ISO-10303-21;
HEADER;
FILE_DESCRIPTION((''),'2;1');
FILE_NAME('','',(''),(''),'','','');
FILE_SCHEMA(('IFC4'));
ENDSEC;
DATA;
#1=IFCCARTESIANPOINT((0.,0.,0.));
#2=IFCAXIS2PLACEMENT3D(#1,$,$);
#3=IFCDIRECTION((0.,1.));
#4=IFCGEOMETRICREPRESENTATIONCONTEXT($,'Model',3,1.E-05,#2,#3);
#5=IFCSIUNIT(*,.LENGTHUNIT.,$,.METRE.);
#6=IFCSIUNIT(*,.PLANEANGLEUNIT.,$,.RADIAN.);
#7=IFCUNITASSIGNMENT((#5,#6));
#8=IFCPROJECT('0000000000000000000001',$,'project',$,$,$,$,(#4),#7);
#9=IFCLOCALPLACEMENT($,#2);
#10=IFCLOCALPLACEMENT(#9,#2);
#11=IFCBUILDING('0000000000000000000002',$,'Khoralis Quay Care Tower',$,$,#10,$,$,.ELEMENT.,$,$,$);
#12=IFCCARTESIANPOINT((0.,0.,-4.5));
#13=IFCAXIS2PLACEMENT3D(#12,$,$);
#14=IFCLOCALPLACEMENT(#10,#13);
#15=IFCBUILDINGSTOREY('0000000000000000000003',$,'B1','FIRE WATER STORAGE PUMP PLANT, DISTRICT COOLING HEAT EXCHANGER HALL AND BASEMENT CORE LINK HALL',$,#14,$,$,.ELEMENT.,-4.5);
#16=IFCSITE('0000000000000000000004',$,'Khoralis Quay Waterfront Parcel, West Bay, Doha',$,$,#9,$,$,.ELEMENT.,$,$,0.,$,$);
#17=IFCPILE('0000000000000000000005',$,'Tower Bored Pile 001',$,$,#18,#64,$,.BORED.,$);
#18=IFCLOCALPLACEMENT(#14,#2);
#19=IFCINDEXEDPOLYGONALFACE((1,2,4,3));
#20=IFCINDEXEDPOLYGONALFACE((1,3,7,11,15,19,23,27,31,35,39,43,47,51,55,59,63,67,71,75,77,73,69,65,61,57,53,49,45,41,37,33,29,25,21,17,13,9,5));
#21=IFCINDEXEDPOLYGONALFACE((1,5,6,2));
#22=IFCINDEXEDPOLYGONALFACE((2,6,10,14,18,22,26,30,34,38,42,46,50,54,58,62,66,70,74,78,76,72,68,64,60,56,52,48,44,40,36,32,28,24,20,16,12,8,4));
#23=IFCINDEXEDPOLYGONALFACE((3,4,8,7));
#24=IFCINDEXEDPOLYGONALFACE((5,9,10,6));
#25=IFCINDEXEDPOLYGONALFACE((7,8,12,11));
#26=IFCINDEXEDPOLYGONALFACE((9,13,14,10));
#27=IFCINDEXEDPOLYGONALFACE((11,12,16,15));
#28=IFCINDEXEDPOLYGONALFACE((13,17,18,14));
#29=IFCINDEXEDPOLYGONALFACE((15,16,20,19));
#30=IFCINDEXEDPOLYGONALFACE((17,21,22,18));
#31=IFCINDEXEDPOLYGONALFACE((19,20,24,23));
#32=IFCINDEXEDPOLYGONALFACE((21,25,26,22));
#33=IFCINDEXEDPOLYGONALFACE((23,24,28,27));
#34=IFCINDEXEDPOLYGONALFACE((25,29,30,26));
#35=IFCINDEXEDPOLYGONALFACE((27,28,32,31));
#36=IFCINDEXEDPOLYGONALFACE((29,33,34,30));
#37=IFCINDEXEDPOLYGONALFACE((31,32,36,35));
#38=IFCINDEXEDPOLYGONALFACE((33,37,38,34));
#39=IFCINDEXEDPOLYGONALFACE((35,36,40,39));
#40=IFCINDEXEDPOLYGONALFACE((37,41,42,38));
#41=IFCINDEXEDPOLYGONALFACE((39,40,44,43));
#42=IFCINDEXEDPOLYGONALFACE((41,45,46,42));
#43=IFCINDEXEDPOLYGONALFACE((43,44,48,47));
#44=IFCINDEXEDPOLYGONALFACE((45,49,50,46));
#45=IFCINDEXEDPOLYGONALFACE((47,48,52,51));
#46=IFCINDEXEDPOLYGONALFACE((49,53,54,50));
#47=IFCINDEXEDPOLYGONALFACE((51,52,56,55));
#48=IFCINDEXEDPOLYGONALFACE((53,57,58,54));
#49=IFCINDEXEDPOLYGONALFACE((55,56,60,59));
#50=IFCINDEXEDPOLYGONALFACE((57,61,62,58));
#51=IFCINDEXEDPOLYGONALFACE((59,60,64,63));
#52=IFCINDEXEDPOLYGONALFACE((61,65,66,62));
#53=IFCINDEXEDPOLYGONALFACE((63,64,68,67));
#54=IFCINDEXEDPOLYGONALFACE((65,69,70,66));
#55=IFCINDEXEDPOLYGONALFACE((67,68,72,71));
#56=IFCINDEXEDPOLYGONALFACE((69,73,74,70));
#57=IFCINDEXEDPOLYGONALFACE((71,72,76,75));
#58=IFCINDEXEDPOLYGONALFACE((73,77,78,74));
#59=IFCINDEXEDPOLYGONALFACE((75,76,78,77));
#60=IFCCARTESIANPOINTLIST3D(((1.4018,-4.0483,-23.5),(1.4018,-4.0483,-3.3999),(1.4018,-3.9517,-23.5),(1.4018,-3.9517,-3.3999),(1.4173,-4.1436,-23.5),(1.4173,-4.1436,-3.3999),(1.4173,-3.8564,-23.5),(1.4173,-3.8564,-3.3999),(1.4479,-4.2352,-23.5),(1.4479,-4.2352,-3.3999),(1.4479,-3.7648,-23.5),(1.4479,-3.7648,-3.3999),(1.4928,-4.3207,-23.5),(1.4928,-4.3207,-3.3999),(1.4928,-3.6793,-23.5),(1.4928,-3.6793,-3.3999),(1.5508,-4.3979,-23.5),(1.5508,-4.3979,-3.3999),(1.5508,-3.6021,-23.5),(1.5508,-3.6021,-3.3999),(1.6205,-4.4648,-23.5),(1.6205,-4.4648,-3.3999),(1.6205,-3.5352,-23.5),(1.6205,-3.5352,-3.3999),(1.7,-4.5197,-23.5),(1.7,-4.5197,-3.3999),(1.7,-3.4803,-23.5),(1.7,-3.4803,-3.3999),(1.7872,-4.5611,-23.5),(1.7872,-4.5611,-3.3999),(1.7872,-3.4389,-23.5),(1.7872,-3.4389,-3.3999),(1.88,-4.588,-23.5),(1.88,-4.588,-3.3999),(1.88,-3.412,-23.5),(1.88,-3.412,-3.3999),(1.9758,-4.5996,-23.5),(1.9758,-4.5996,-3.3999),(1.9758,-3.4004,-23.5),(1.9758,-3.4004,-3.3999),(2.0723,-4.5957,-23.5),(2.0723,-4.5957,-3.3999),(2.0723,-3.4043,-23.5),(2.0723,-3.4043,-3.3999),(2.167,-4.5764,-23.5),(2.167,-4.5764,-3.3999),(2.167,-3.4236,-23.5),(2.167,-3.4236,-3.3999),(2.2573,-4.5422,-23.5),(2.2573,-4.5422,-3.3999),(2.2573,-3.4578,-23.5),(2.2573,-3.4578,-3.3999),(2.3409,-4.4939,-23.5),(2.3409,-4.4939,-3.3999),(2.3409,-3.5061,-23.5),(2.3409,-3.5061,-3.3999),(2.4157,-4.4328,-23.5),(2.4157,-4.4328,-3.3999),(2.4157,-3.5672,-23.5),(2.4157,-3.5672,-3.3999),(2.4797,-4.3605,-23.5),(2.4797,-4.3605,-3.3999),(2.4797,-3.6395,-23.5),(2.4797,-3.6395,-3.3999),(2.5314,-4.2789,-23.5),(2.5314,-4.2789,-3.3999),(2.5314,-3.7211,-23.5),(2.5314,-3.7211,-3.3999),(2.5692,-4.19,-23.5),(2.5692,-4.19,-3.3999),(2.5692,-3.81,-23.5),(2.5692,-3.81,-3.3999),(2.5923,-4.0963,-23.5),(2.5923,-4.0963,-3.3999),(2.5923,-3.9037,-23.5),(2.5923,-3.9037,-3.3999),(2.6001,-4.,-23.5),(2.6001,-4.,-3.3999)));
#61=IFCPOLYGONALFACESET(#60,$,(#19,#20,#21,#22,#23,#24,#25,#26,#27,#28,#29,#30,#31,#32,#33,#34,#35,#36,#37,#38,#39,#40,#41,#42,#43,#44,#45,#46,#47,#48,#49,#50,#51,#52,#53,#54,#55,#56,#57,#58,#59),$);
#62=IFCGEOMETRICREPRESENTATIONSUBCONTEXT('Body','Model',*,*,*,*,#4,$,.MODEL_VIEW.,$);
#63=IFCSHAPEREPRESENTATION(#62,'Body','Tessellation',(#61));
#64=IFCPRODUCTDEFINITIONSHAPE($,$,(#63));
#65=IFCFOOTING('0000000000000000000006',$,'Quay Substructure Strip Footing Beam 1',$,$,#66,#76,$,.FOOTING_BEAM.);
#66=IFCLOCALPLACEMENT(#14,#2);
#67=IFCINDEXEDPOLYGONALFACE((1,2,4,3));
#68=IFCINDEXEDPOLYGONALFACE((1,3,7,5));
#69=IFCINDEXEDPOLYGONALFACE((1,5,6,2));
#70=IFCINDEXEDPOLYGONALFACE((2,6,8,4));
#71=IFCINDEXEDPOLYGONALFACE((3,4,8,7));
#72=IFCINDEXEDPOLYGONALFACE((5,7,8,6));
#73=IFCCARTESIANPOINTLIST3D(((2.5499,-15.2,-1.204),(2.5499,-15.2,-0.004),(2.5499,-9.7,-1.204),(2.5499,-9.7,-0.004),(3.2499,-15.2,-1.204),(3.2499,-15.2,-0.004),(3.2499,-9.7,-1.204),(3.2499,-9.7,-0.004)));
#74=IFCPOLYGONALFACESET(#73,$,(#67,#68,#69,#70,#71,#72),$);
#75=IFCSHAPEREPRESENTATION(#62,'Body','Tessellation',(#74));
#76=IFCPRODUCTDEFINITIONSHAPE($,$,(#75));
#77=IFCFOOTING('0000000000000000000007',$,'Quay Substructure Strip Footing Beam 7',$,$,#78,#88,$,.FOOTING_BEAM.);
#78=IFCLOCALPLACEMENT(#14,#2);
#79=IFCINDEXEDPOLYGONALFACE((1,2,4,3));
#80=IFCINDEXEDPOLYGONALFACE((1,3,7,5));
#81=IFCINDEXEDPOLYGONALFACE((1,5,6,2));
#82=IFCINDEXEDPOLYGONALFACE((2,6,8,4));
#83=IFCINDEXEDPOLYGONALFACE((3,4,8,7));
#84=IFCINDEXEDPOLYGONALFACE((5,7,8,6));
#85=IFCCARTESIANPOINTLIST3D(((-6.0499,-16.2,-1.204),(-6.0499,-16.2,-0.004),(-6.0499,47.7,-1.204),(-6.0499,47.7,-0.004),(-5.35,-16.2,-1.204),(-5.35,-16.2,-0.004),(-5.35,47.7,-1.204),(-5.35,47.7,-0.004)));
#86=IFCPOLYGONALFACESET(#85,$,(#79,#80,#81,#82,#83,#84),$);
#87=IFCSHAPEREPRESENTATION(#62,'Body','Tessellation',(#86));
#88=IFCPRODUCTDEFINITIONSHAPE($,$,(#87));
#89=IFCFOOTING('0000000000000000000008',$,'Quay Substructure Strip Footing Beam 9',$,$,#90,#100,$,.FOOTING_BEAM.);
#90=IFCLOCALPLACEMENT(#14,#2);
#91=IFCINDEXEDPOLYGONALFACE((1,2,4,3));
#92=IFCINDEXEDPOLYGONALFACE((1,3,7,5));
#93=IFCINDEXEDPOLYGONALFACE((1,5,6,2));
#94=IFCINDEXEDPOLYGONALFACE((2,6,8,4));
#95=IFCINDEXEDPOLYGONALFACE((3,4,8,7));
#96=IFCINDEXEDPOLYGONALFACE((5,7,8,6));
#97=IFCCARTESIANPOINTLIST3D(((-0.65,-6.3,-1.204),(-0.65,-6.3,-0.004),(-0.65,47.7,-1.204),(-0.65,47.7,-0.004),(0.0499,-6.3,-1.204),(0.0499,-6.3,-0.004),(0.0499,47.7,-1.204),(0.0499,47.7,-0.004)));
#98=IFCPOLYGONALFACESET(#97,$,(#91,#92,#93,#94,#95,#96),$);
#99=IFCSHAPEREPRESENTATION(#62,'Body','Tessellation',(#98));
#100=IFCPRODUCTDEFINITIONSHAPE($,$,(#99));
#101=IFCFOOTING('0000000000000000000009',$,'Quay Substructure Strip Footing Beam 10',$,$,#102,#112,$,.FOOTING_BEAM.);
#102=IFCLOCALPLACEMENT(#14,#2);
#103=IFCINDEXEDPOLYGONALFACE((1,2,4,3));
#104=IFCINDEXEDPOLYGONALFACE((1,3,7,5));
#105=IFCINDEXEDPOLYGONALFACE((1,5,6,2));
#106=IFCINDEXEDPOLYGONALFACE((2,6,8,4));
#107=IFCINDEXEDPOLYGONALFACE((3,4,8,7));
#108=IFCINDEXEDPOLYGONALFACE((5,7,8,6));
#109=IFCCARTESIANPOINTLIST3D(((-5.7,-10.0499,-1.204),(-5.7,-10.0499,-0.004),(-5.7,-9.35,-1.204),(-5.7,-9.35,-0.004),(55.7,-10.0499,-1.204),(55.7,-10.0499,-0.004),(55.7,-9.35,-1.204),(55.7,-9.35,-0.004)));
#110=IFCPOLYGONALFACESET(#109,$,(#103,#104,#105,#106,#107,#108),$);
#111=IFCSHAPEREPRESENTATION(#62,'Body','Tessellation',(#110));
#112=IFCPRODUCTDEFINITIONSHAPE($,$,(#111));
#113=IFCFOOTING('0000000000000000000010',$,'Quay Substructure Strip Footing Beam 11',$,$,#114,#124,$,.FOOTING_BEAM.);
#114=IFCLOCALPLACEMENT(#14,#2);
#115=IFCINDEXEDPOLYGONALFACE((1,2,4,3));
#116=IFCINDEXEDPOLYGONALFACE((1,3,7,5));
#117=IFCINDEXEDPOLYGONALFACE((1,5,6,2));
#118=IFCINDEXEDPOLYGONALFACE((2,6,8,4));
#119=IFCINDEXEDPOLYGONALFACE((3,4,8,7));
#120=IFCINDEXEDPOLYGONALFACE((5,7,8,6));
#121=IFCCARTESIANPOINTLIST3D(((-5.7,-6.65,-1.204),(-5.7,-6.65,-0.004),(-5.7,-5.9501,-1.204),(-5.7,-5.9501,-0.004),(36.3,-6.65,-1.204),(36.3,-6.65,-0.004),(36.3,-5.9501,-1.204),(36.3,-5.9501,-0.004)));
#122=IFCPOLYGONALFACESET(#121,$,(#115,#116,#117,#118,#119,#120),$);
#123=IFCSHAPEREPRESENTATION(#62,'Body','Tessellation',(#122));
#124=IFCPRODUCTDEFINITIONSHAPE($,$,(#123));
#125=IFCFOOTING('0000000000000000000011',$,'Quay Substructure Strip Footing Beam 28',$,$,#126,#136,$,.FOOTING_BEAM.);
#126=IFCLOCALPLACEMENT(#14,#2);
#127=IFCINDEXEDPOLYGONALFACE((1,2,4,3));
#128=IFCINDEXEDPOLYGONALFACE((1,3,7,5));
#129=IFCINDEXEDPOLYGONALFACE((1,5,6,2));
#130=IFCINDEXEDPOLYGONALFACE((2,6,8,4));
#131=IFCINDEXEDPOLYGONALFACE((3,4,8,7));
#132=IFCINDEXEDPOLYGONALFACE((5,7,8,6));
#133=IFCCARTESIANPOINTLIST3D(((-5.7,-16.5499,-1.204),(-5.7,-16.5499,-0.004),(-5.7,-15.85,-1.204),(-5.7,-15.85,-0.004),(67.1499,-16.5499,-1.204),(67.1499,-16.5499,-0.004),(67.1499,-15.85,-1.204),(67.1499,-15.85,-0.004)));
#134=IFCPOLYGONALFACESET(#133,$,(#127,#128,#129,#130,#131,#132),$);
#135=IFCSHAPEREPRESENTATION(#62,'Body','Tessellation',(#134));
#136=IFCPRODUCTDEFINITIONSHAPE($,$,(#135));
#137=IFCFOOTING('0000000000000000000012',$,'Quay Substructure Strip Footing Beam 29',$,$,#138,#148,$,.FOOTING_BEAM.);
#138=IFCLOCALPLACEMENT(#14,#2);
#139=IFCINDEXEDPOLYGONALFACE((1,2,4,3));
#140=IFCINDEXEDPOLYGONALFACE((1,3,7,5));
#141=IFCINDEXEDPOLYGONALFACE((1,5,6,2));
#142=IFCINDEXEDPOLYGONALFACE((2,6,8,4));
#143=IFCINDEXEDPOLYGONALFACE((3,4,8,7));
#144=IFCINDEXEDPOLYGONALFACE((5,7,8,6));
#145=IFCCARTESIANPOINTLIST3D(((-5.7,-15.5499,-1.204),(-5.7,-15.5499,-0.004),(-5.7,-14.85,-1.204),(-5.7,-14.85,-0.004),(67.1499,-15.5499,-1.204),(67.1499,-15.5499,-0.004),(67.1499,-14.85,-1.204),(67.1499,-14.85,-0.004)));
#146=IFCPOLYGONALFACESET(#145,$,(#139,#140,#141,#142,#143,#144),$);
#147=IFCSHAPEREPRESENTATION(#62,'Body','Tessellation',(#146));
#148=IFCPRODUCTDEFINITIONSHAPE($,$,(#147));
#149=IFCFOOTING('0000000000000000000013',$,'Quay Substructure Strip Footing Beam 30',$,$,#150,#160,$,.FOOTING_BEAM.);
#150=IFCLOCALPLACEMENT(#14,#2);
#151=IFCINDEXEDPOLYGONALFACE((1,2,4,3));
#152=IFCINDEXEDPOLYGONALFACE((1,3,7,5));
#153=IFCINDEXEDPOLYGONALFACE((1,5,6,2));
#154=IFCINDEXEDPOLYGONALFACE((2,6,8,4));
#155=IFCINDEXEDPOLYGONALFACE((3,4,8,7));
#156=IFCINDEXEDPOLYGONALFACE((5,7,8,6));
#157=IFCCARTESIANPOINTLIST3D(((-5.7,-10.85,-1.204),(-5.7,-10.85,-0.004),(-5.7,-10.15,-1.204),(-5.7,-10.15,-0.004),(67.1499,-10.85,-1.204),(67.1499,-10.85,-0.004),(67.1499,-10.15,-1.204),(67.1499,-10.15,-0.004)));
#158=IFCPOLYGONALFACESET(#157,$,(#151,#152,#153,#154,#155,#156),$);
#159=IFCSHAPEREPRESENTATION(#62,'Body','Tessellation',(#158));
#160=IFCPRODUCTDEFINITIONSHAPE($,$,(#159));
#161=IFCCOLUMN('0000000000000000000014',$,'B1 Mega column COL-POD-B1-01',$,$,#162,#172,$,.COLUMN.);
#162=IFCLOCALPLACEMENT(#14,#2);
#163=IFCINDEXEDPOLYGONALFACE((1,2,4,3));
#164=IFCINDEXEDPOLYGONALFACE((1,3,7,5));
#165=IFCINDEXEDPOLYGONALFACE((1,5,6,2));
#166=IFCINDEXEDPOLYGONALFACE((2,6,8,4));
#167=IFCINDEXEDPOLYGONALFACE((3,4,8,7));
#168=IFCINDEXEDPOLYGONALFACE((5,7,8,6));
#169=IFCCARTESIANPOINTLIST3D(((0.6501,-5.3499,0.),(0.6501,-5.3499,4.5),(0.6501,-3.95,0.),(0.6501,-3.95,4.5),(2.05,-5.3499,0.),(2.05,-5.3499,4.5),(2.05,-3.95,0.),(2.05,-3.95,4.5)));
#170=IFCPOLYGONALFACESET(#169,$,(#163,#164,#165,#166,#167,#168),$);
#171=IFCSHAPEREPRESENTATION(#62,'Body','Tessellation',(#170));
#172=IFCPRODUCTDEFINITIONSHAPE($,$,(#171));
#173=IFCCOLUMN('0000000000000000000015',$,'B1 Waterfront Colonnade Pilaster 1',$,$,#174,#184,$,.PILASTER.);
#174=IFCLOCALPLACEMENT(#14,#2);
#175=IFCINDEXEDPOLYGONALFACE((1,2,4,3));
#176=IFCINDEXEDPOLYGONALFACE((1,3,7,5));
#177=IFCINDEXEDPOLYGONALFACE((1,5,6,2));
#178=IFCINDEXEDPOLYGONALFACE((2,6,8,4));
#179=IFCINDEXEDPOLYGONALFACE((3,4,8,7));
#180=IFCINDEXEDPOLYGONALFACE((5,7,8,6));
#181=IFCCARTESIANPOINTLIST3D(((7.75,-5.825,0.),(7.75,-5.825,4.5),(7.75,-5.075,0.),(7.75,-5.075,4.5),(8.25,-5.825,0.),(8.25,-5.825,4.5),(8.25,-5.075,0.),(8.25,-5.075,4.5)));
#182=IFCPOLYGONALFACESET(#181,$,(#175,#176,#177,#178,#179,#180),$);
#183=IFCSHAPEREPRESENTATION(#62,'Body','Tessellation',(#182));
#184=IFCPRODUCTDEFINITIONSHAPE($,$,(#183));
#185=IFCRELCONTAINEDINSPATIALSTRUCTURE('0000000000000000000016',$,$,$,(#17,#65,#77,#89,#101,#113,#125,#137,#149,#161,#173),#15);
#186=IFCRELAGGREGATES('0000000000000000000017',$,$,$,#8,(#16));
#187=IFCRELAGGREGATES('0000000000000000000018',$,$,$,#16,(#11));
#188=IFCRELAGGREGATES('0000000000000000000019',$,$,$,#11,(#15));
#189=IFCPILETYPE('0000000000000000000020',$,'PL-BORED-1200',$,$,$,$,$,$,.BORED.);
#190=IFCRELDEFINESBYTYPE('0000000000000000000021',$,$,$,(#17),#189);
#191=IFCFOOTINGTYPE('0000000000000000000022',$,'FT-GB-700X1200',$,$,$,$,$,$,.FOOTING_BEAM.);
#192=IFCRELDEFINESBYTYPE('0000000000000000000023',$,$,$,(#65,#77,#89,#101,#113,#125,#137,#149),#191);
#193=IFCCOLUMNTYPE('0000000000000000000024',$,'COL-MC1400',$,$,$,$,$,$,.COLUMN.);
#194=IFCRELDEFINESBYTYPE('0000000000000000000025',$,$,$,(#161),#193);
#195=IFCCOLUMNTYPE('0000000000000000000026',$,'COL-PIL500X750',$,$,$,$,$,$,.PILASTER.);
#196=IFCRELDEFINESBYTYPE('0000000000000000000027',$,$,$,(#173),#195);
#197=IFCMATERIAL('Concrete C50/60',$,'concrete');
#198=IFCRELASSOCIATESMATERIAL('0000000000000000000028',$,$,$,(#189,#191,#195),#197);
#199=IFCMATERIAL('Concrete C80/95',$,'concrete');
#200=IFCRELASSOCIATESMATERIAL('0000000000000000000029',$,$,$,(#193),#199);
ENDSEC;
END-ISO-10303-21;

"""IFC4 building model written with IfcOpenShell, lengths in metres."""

from ifc_helpers import new_model, si_unit, direction, frame, origin, origin_2d, place, context, subcontext, project, spatial, rectangle, circle, extrude, source, transform, mapped, material, material_profile, profile_set, type_object, element, save


model = new_model("IFC4")

# Units and contexts
model_context = context("Model", 3, precision=1e-05, world=origin(), true_north=direction((0.0, 1.0)))
body_context = subcontext(model_context, "Body", "Model", "MODEL_VIEW")
ifc_project = project(units=[si_unit("LENGTHUNIT", "METRE"), si_unit("PLANEANGLEUNIT", "RADIAN")], contexts=[model_context])

# Site, building, storey
site_placement = place(None, origin())
site = spatial("IfcSite", under=ifc_project, at=site_placement, Name="Khoralis Quay Waterfront Parcel, West Bay, Doha", CompositionType="ELEMENT", RefElevation=0.0)
building_placement = place(site_placement, origin())
building = spatial("IfcBuilding", under=site, at=building_placement, Name="Khoralis Quay Care Tower", CompositionType="ELEMENT")
storey_placement = place(building_placement, frame((0.0, 0.0, -4.5)))
storey = spatial("IfcBuildingStorey", under=building, at=storey_placement, Name="B1", Description="FIRE WATER STORAGE PUMP PLANT, DISTRICT COOLING HEAT EXCHANGER HALL AND BASEMENT CORE LINK HALL", CompositionType="ELEMENT", Elevation=-4.5)

# Pile
ifc_material_1 = material(Name="Concrete C50/60", Category="concrete")
ifc_material_profile_1 = material_profile(ifc_material_1, circle(Radius=0.6001, at=origin_2d()), Name="Concrete C50/60")
ifc_profile_set_1 = profile_set([ifc_material_profile_1], Name="Concrete C50/60")
pile_type = type_object("IfcPileType", Name="PL-BORED-1200", PredefinedType="BORED", material=ifc_profile_set_1)
shared_shape_1 = source(origin(), body_context, "Body", "SweptSolid", [
    extrude(circle(Radius=0.6001, at=origin_2d()), origin(), (0.0, 0.0, 1.0), 20.1001),
])
pile_placement = place(storey_placement, frame((2.0, -4.0, -3.3999), z_axis=(0.0, 0.0, -1.0), x_axis=(1.0, 0.0, 0.0)))
element("IfcPile", 1, at=pile_placement, inside=storey, type_object=pile_type, Name="Tower Bored Pile 001", PredefinedType="BORED", context=body_context, shape_type="MappedRepresentation", body=[
    mapped(shared_shape_1, transform((0.0, 0.0, 0.0), scale=1.0)),
])

# Footings
ifc_material_profile_2 = material_profile(ifc_material_1, rectangle(XDim=0.7, YDim=1.2, at=origin_2d()), Name="Concrete C50/60")
ifc_profile_set_2 = profile_set([ifc_material_profile_2], Name="Concrete C50/60")
footing_type = type_object("IfcFootingType", Name="FT-GB-700X1200", PredefinedType="FOOTING_BEAM", material=ifc_profile_set_2)
shared_shape_2 = source(origin(), body_context, "Body", "SweptSolid", [
    extrude(rectangle(XDim=0.7, YDim=1.2, at=origin_2d()), origin(), (0.0, 0.0, 1.0), 5.5),
])
footing_1_placement = place(storey_placement, frame((2.8999, -15.2, -0.604), z_axis=(0.0, 1.0, 0.0), x_axis=(-1.0, 0.0, 0.0)))
element("IfcFooting", 2, at=footing_1_placement, inside=storey, type_object=footing_type, Name="Quay Substructure Strip Footing Beam 1", PredefinedType="FOOTING_BEAM", context=body_context, shape_type="MappedRepresentation", body=[
    mapped(shared_shape_2, transform((0.0, 0.0, 0.0), scale=1.0)),
])
shared_shape_3 = source(origin(), body_context, "Body", "SweptSolid", [
    extrude(rectangle(XDim=0.7, YDim=1.2, at=origin_2d()), origin(), (0.0, 0.0, 1.0), 63.8999),
])
footing_2_placement = place(storey_placement, frame((-5.7, -16.2, -0.604), z_axis=(0.0, 1.0, 0.0), x_axis=(-1.0, 0.0, 0.0)))
element("IfcFooting", 3, at=footing_2_placement, inside=storey, type_object=footing_type, Name="Quay Substructure Strip Footing Beam 7", PredefinedType="FOOTING_BEAM", context=body_context, shape_type="MappedRepresentation", body=[
    mapped(shared_shape_3, transform((0.0, 0.0, 0.0), scale=1.0)),
])
shared_shape_4 = source(origin(), body_context, "Body", "SweptSolid", [
    extrude(rectangle(XDim=0.7, YDim=1.2, at=origin_2d()), origin(), (0.0, 0.0, 1.0), 54.0),
])
footing_3_placement = place(storey_placement, frame((-0.3, -6.3, -0.604), z_axis=(0.0, 1.0, 0.0), x_axis=(-1.0, 0.0, 0.0)))
element("IfcFooting", 4, at=footing_3_placement, inside=storey, type_object=footing_type, Name="Quay Substructure Strip Footing Beam 9", PredefinedType="FOOTING_BEAM", context=body_context, shape_type="MappedRepresentation", body=[
    mapped(shared_shape_4, transform((0.0, 0.0, 0.0), scale=1.0)),
])
shared_shape_5 = source(origin(), body_context, "Body", "SweptSolid", [
    extrude(rectangle(XDim=0.7, YDim=1.2, at=origin_2d()), origin(), (0.0, 0.0, 1.0), 61.3999),
])
footing_4_placement = place(storey_placement, frame((-5.7, -9.7, -0.604), z_axis=(1.0, 0.0, 0.0), x_axis=(0.0, 1.0, 0.0)))
element("IfcFooting", 5, at=footing_4_placement, inside=storey, type_object=footing_type, Name="Quay Substructure Strip Footing Beam 10", PredefinedType="FOOTING_BEAM", context=body_context, shape_type="MappedRepresentation", body=[
    mapped(shared_shape_5, transform((0.0, 0.0, 0.0), scale=1.0)),
])
shared_shape_6 = source(origin(), body_context, "Body", "SweptSolid", [
    extrude(rectangle(XDim=0.7, YDim=1.2, at=origin_2d()), origin(), (0.0, 0.0, 1.0), 42.0),
])
footing_5_placement = place(storey_placement, frame((-5.7, -6.3, -0.604), z_axis=(1.0, 0.0, 0.0), x_axis=(0.0, 1.0, 0.0)))
element("IfcFooting", 6, at=footing_5_placement, inside=storey, type_object=footing_type, Name="Quay Substructure Strip Footing Beam 11", PredefinedType="FOOTING_BEAM", context=body_context, shape_type="MappedRepresentation", body=[
    mapped(shared_shape_6, transform((0.0, 0.0, 0.0), scale=1.0)),
])
shared_shape_7 = source(origin(), body_context, "Body", "SweptSolid", [
    extrude(rectangle(XDim=0.7, YDim=1.2, at=origin_2d()), origin(), (0.0, 0.0, 1.0), 72.8499),
])
for number, where, z_axis, x_axis, name in (
    (7, (-5.7, -16.2, -0.604), (1.0, 0.0, 0.0), (0.0, 1.0, 0.0), "Quay Substructure Strip Footing Beam 28"),
    (8, (-5.7, -15.2, -0.604), (1.0, 0.0, 0.0), (0.0, 1.0, 0.0), "Quay Substructure Strip Footing Beam 29"),
    (9, (-5.7, -10.5, -0.604), (1.0, 0.0, 0.0), (0.0, 1.0, 0.0), "Quay Substructure Strip Footing Beam 30"),
):
    element("IfcFooting", number, at=place(storey_placement, frame(where, z_axis=z_axis, x_axis=x_axis)), inside=storey, type_object=footing_type, Name=name, PredefinedType="FOOTING_BEAM", context=body_context, shape_type="MappedRepresentation", body=[
        mapped(shared_shape_7, transform((0.0, 0.0, 0.0), scale=1.0)),
    ])

# Columns
ifc_material_2 = material(Name="Concrete C80/95", Category="concrete")
ifc_material_profile_3 = material_profile(ifc_material_2, rectangle(XDim=1.3999, YDim=1.3999, at=origin_2d()), Name="Concrete C80/95")
ifc_profile_set_3 = profile_set([ifc_material_profile_3], Name="Concrete C80/95")
column_type_1 = type_object("IfcColumnType", Name="COL-MC1400", PredefinedType="COLUMN", material=ifc_profile_set_3)
shared_shape_8 = source(origin(), body_context, "Body", "SweptSolid", [
    extrude(rectangle(XDim=1.3999, YDim=1.3999, at=origin_2d()), origin(), (0.0, 0.0, 1.0), 4.5),
])
column_1_placement = place(storey_placement, frame((1.3501, -4.6499, 0.0), z_axis=(0.0, 0.0, 1.0), x_axis=(1.0, 0.0, 0.0)))
element("IfcColumn", 10, at=column_1_placement, inside=storey, type_object=column_type_1, Name="B1 Mega column COL-POD-B1-01", PredefinedType="COLUMN", context=body_context, shape_type="MappedRepresentation", body=[
    mapped(shared_shape_8, transform((0.0, 0.0, 0.0), scale=1.0)),
])
ifc_material_profile_4 = material_profile(ifc_material_1, rectangle(XDim=0.5, YDim=0.75, at=origin_2d()), Name="Concrete C50/60")
ifc_profile_set_4 = profile_set([ifc_material_profile_4], Name="Concrete C50/60")
column_type_2 = type_object("IfcColumnType", Name="COL-PIL500X750", PredefinedType="PILASTER", material=ifc_profile_set_4)
shared_shape_9 = source(origin(), body_context, "Body", "SweptSolid", [
    extrude(rectangle(XDim=0.5, YDim=0.75, at=origin_2d()), origin(), (0.0, 0.0, 1.0), 4.5),
])
column_2_placement = place(storey_placement, frame((8.0, -5.45, 0.0), z_axis=(0.0, 0.0, 1.0), x_axis=(1.0, 0.0, 0.0)))
element("IfcColumn", 11, at=column_2_placement, inside=storey, type_object=column_type_2, Name="B1 Waterfront Colonnade Pilaster 1", PredefinedType="PILASTER", context=body_context, shape_type="MappedRepresentation", body=[
    mapped(shared_shape_9, transform((0.0, 0.0, 0.0), scale=1.0)),
])

save(model, "model.ifc")
